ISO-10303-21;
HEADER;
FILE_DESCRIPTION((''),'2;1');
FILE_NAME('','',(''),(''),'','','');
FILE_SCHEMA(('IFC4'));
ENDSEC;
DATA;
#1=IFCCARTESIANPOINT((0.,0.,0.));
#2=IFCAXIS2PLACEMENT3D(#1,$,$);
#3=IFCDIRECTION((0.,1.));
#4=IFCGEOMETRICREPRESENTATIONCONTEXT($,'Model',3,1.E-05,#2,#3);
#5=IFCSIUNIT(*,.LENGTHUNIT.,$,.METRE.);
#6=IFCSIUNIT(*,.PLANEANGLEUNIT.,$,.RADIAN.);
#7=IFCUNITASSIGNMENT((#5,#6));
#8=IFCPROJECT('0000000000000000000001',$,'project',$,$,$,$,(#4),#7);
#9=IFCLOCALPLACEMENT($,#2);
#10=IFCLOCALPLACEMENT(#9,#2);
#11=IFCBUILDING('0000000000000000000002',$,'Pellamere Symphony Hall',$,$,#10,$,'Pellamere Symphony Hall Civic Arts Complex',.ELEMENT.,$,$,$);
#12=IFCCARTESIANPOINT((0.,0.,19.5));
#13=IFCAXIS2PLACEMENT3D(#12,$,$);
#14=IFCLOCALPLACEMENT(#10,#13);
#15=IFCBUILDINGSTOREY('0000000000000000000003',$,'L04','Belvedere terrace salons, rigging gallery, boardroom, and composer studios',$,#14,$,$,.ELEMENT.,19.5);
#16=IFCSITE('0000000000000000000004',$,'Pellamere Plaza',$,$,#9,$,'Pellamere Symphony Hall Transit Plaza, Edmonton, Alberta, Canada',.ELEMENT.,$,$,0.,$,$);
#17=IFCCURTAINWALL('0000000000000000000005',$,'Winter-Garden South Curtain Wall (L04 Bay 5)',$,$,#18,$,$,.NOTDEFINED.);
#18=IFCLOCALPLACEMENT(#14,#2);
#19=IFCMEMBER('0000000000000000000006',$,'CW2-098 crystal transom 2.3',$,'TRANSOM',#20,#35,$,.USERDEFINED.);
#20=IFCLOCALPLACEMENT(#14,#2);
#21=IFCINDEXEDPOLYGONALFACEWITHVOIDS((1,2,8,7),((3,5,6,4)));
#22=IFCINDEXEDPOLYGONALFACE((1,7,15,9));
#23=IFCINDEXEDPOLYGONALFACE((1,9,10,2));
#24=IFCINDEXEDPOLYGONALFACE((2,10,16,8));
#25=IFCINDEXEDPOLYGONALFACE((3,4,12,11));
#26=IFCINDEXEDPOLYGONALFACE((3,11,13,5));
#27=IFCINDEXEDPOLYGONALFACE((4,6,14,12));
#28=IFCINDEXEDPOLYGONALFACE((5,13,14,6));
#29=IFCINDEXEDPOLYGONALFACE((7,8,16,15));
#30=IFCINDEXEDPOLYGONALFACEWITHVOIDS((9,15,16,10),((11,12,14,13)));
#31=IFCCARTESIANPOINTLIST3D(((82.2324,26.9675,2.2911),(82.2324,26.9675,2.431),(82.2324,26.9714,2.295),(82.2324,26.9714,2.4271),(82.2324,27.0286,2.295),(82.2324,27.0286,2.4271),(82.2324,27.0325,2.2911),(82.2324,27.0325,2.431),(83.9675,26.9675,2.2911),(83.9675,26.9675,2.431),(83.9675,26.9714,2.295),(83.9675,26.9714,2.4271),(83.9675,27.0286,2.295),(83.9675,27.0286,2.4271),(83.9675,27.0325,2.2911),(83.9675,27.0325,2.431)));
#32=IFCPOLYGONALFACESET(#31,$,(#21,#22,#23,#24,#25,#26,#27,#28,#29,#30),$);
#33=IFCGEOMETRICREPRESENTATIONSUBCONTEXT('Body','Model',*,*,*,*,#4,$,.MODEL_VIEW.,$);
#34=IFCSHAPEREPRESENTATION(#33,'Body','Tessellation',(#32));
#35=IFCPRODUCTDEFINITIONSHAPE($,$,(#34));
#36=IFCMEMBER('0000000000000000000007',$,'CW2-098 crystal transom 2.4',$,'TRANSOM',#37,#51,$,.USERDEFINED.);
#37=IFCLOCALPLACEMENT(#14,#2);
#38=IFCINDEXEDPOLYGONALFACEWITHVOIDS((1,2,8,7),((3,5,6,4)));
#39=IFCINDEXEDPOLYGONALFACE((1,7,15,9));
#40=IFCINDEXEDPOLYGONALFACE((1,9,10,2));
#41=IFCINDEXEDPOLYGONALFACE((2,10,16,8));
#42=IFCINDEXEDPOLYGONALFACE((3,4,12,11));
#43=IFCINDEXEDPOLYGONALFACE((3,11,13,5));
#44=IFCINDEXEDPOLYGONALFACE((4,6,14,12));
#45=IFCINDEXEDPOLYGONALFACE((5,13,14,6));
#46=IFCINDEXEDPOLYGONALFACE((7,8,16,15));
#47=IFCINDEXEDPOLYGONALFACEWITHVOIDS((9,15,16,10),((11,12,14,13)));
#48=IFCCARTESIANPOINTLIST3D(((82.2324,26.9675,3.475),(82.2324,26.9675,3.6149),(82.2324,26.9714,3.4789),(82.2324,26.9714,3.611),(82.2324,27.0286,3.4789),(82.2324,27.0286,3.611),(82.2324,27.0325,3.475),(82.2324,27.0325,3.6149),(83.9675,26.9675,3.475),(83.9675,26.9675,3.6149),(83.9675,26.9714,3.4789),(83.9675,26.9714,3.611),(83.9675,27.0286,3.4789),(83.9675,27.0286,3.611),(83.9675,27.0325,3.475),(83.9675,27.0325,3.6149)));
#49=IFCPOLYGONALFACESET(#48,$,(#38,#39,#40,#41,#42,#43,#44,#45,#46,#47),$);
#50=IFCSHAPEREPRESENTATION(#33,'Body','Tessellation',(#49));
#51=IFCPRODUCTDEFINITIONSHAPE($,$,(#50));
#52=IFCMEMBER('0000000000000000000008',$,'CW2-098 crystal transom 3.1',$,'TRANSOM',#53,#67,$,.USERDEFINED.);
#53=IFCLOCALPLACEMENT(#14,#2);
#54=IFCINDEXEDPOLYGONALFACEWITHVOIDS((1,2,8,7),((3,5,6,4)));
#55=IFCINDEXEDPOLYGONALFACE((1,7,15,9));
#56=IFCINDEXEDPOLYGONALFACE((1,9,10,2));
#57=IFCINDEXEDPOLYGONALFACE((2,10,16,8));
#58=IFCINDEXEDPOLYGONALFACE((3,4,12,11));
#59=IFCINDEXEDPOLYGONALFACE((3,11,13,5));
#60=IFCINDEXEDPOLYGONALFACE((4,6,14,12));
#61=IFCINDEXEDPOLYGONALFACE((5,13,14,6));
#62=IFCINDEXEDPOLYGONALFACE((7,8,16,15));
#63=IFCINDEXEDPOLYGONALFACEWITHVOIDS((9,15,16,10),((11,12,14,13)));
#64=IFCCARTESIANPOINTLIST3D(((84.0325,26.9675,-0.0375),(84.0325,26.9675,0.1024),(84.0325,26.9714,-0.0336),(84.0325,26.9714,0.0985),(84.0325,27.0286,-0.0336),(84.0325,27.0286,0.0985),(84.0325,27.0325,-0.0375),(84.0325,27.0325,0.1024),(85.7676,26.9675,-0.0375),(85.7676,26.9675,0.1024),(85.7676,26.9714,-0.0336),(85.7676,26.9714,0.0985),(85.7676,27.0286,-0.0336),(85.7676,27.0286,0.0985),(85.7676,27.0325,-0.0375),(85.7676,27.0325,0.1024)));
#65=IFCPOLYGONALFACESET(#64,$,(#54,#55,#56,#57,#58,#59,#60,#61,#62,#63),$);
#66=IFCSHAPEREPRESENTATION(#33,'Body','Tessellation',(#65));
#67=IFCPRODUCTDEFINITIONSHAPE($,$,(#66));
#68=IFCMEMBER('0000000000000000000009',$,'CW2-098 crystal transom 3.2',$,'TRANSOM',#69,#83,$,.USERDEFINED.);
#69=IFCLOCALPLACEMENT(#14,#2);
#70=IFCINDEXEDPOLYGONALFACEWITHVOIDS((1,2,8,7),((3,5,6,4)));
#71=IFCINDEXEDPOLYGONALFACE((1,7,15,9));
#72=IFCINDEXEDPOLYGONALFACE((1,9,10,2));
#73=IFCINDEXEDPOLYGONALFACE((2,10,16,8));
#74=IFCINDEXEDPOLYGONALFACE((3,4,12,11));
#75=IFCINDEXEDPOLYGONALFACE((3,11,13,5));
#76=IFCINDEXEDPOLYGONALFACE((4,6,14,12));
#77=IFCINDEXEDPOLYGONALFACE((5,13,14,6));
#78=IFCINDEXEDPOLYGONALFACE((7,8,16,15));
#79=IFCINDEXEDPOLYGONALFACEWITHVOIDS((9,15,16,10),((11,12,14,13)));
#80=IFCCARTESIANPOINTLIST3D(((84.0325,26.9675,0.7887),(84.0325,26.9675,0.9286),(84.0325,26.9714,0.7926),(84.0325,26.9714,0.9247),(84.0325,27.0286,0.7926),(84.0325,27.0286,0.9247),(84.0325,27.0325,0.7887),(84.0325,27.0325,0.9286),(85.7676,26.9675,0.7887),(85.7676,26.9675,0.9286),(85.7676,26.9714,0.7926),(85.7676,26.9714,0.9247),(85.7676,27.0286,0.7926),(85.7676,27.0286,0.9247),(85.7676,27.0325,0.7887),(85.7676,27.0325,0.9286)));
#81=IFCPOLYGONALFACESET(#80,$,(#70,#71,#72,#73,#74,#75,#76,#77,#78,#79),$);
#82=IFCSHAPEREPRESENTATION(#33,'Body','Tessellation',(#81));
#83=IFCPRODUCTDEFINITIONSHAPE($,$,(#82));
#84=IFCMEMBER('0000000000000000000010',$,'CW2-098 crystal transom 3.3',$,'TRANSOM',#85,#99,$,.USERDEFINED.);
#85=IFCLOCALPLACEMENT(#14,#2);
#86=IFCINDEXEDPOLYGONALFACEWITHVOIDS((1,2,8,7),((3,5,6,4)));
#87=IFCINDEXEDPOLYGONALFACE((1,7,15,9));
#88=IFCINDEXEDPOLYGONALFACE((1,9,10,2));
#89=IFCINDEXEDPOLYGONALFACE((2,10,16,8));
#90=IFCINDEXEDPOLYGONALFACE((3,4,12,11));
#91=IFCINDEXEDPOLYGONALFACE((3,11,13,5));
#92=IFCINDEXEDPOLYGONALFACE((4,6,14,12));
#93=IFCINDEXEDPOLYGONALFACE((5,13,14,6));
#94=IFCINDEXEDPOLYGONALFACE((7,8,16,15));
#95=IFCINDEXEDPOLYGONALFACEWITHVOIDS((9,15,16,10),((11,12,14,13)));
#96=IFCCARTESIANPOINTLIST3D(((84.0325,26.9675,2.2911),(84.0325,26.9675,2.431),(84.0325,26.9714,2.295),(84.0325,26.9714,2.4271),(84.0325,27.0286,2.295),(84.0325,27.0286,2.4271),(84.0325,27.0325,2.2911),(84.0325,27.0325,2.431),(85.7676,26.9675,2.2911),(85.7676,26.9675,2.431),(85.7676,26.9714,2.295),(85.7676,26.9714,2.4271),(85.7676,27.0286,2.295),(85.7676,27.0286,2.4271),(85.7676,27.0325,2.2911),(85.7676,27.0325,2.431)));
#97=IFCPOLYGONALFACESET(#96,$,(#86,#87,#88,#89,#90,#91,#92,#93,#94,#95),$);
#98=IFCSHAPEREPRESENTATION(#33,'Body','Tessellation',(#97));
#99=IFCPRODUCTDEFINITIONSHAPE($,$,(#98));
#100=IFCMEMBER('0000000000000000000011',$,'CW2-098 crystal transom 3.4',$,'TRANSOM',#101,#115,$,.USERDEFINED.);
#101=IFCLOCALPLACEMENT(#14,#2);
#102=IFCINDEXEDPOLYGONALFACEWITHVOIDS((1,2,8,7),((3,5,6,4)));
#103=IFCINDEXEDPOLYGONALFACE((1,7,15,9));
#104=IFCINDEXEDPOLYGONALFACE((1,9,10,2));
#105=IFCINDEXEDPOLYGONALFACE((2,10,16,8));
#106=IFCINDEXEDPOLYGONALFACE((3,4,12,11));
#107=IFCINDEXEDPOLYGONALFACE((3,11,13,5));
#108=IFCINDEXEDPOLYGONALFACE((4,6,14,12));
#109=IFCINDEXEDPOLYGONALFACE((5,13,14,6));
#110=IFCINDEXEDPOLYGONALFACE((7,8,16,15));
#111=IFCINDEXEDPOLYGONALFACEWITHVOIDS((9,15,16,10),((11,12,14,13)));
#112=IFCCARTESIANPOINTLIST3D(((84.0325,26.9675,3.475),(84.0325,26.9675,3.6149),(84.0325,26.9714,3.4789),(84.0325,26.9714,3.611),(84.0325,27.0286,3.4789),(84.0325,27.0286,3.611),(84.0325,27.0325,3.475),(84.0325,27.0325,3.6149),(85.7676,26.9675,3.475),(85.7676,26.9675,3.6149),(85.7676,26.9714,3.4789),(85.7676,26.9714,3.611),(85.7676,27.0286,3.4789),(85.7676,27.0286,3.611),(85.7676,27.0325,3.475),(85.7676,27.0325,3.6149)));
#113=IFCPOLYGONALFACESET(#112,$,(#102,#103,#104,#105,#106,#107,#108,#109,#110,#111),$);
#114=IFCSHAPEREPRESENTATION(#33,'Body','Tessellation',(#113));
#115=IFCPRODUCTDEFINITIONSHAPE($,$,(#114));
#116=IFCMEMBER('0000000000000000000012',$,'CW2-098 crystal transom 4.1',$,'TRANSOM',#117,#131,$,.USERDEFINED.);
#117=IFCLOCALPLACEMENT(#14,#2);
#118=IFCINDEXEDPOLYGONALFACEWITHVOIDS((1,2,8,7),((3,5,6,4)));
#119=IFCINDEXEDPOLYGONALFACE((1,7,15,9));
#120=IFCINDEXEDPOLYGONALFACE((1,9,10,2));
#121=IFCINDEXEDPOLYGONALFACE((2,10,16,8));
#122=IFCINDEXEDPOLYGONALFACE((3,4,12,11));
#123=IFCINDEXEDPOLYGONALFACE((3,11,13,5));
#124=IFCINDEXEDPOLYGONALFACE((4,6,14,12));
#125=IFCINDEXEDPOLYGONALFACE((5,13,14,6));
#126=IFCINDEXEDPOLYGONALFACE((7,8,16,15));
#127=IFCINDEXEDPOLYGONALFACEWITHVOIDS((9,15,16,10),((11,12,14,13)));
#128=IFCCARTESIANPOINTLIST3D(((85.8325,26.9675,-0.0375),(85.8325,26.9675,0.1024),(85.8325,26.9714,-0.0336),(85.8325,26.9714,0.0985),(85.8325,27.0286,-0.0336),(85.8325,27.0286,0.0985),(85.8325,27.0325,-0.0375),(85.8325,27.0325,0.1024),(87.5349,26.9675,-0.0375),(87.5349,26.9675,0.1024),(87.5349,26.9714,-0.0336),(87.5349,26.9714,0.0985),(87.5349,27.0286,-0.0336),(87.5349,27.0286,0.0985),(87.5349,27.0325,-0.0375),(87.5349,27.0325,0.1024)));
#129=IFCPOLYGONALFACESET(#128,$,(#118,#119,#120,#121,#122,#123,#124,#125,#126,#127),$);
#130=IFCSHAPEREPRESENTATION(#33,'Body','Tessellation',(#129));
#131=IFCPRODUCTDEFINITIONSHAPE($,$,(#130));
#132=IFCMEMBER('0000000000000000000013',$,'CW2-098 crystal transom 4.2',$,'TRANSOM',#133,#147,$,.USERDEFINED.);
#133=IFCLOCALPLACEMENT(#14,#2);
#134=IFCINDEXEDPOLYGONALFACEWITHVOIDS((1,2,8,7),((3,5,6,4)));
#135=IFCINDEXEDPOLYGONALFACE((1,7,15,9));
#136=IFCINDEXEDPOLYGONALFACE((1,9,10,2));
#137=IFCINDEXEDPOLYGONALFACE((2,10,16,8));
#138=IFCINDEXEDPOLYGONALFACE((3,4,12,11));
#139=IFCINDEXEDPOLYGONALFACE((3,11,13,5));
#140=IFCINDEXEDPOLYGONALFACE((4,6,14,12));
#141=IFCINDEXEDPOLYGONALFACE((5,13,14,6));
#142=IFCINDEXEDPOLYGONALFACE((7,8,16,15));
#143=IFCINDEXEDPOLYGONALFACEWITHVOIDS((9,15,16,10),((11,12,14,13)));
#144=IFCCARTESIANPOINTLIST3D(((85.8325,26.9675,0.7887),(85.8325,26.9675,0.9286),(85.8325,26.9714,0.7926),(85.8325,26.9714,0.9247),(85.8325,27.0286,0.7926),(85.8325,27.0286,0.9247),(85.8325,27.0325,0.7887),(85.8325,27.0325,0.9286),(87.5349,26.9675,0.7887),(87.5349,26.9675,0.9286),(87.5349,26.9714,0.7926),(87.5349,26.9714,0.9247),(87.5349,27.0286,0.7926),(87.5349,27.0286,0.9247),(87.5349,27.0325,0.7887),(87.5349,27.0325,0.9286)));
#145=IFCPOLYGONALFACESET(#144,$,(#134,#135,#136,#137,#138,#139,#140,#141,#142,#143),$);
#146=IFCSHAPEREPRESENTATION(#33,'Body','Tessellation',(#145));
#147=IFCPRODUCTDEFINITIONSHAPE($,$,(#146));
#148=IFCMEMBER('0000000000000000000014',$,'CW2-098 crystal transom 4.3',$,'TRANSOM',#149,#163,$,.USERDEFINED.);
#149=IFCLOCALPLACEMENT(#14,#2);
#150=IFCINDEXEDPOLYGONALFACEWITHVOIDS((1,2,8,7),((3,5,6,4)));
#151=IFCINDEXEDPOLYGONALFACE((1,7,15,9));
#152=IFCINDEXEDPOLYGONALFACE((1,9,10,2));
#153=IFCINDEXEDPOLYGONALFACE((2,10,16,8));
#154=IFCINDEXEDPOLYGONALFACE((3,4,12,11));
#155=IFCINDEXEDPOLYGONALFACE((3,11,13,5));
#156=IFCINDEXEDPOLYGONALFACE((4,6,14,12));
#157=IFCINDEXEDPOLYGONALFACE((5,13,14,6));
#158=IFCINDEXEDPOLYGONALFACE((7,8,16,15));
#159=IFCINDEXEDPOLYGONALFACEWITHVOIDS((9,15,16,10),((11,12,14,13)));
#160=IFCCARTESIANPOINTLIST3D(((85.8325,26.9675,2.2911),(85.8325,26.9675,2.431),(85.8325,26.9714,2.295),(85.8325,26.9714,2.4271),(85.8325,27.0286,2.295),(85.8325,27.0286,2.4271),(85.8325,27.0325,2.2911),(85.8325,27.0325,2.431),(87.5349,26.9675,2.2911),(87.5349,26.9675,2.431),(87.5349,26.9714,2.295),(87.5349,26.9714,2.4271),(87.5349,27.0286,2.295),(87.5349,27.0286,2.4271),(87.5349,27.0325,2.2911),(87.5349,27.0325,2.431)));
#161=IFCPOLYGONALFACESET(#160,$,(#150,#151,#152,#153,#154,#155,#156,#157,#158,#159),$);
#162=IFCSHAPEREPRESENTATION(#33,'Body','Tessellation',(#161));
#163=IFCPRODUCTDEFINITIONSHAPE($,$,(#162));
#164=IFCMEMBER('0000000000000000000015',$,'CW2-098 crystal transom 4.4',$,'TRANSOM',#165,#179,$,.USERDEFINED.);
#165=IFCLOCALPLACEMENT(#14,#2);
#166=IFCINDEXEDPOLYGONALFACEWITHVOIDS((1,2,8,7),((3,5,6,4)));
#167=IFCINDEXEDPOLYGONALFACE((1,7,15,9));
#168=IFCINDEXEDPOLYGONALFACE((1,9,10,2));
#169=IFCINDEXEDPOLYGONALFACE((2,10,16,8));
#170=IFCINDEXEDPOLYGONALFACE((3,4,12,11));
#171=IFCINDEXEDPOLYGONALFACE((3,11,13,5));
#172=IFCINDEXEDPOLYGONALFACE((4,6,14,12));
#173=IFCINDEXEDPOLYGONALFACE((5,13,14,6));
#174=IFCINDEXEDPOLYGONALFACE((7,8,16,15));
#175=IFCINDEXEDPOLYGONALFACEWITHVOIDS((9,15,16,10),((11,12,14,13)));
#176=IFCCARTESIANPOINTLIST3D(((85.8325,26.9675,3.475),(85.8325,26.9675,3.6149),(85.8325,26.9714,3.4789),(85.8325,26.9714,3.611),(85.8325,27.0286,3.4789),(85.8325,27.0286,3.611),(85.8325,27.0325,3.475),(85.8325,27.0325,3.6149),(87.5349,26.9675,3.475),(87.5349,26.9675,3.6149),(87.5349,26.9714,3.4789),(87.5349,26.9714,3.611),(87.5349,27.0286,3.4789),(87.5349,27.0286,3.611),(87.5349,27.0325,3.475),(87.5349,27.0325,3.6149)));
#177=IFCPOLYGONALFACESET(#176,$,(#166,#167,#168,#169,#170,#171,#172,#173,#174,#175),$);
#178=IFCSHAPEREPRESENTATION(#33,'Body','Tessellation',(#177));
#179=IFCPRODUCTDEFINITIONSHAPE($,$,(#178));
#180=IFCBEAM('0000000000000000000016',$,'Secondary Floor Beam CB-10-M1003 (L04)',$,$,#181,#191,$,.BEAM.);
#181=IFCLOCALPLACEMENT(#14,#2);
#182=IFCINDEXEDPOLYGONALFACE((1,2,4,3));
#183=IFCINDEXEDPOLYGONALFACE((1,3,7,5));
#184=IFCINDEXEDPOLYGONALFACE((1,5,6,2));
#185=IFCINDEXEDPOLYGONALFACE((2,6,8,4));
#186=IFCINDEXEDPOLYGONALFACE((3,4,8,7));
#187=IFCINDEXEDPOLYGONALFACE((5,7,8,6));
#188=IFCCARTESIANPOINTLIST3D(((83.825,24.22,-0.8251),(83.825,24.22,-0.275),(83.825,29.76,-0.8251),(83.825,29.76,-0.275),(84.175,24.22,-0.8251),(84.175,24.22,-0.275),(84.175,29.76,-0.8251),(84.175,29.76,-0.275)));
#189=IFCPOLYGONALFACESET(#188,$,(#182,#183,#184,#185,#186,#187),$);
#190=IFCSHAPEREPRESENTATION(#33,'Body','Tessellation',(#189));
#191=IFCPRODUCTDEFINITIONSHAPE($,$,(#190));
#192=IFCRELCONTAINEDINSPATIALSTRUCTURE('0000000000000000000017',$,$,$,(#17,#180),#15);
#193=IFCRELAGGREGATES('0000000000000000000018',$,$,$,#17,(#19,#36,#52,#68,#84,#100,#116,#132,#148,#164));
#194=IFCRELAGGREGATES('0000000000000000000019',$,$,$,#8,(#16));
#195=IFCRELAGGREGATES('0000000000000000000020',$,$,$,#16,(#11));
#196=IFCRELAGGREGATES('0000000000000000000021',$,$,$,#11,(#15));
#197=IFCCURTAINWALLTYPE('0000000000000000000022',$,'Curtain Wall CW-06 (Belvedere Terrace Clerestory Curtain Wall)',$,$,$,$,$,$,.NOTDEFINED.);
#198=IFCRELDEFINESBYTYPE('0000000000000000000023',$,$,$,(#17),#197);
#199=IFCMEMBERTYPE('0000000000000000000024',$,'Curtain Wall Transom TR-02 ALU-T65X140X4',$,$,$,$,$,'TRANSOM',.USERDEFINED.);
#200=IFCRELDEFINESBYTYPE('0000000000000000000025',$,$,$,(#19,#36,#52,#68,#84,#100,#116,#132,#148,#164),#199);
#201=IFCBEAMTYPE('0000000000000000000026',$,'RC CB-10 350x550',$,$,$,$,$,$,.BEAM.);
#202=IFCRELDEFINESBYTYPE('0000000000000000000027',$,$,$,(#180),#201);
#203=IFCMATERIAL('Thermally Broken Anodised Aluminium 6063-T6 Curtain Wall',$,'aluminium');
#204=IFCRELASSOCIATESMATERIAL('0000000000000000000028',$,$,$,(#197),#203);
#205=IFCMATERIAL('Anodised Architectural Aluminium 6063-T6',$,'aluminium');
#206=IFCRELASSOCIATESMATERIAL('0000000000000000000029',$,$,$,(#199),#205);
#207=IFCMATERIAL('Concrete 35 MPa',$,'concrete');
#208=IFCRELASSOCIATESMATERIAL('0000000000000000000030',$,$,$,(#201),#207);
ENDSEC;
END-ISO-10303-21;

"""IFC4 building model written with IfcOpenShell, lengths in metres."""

from ifc_helpers import new_model, si_unit, direction, frame, origin, origin_2d, place, context, subcontext, project, spatial, rectangle, hollow_rectangle, extrude, material, material_profile, profile_set, type_object, element, aggregate, save


model = new_model("IFC4")

# Units and contexts
model_context = context("Model", 3, precision=1e-05, world=origin(), true_north=direction((0.0, 1.0)))
body_context = subcontext(model_context, "Body", "Model", "MODEL_VIEW")
ifc_project = project(units=[si_unit("LENGTHUNIT", "METRE"), si_unit("PLANEANGLEUNIT", "RADIAN")], contexts=[model_context])

# Site, building, storey
site_placement = place(None, origin())
site = spatial("IfcSite", under=ifc_project, at=site_placement, Name="Pellamere Plaza", LongName="Pellamere Symphony Hall Transit Plaza, Edmonton, Alberta, Canada", CompositionType="ELEMENT", RefElevation=0.0)
building_placement = place(site_placement, origin())
building = spatial("IfcBuilding", under=site, at=building_placement, Name="Pellamere Symphony Hall", LongName="Pellamere Symphony Hall Civic Arts Complex", CompositionType="ELEMENT")
storey_placement = place(building_placement, frame((0.0, 0.0, 19.5)))
storey = spatial("IfcBuildingStorey", under=building, at=storey_placement, Name="L04", Description="Belvedere terrace salons, rigging gallery, boardroom, and composer studios", CompositionType="ELEMENT", Elevation=19.5)

# Curtain wall
ifc_material_1 = material(Name="Thermally Broken Anodised Aluminium 6063-T6 Curtain Wall", Category="aluminium")
curtain_wall_type_1 = type_object("IfcCurtainWallType", Name="Curtain Wall CW-06 (Belvedere Terrace Clerestory Curtain Wall)", PredefinedType="NOTDEFINED", material=ifc_material_1)
curtain_wall_1_placement = place(storey_placement, origin())
curtain_wall_1 = element("IfcCurtainWall", 1, at=curtain_wall_1_placement, inside=storey, type_object=curtain_wall_type_1, Name="Winter-Garden South Curtain Wall (L04 Bay 5)", PredefinedType="NOTDEFINED")
ifc_material_2 = material(Name="Anodised Architectural Aluminium 6063-T6", Category="aluminium")

# Members
ifc_material_profile_1 = material_profile(ifc_material_2, hollow_rectangle(XDim=0.0649, YDim=0.1399, WallThickness=0.0039, at=origin_2d()), Name="ALU-T65X140X4")
ifc_profile_set_1 = profile_set([ifc_material_profile_1], Name="Anodised Architectural Aluminium 6063-T6")
member_type_1 = type_object("IfcMemberType", Name="Curtain Wall Transom TR-02 ALU-T65X140X4", ElementType="TRANSOM", PredefinedType="USERDEFINED", material=ifc_profile_set_1)
member_1_placement = place(storey_placement, frame((82.2324, 27.0, 2.3611), z_axis=(1.0, 0.0, 0.0), x_axis=(0.0, 1.0, 0.0)))
member_1 = element("IfcMember", 2, at=member_1_placement, type_object=member_type_1, Name="CW2-098 crystal transom 2.3", ObjectType="TRANSOM", PredefinedType="USERDEFINED", context=body_context, shape_type="SweptSolid", body=[
    extrude(hollow_rectangle(XDim=0.0649, YDim=0.1399, WallThickness=0.0039, at=origin_2d()), origin(), (0.0, 0.0, 1.0), 1.7351),
])
member_2_placement = place(storey_placement, frame((82.2324, 27.0, 3.5449), z_axis=(1.0, 0.0, 0.0), x_axis=(0.0, 1.0, 0.0)))
member_2 = element("IfcMember", 3, at=member_2_placement, type_object=member_type_1, Name="CW2-098 crystal transom 2.4", ObjectType="TRANSOM", PredefinedType="USERDEFINED", context=body_context, shape_type="SweptSolid", body=[
    extrude(hollow_rectangle(XDim=0.0649, YDim=0.1399, WallThickness=0.0039, at=origin_2d()), origin(), (0.0, 0.0, 1.0), 1.7351),
])
member_3_placement = place(storey_placement, frame((84.0325, 27.0, 0.0325), z_axis=(1.0, 0.0, 0.0), x_axis=(0.0, 1.0, 0.0)))
member_3 = element("IfcMember", 4, at=member_3_placement, type_object=member_type_1, Name="CW2-098 crystal transom 3.1", ObjectType="TRANSOM", PredefinedType="USERDEFINED", context=body_context, shape_type="SweptSolid", body=[
    extrude(hollow_rectangle(XDim=0.0649, YDim=0.1399, WallThickness=0.0039, at=origin_2d()), origin(), (0.0, 0.0, 1.0), 1.7351),
])
member_4_placement = place(storey_placement, frame((84.0325, 27.0, 0.8586), z_axis=(1.0, 0.0, 0.0), x_axis=(0.0, 1.0, 0.0)))
member_4 = element("IfcMember", 5, at=member_4_placement, type_object=member_type_1, Name="CW2-098 crystal transom 3.2", ObjectType="TRANSOM", PredefinedType="USERDEFINED", context=body_context, shape_type="SweptSolid", body=[
    extrude(hollow_rectangle(XDim=0.0649, YDim=0.1399, WallThickness=0.0039, at=origin_2d()), origin(), (0.0, 0.0, 1.0), 1.7351),
])
member_5_placement = place(storey_placement, frame((84.0325, 27.0, 2.3611), z_axis=(1.0, 0.0, 0.0), x_axis=(0.0, 1.0, 0.0)))
member_5 = element("IfcMember", 6, at=member_5_placement, type_object=member_type_1, Name="CW2-098 crystal transom 3.3", ObjectType="TRANSOM", PredefinedType="USERDEFINED", context=body_context, shape_type="SweptSolid", body=[
    extrude(hollow_rectangle(XDim=0.0649, YDim=0.1399, WallThickness=0.0039, at=origin_2d()), origin(), (0.0, 0.0, 1.0), 1.7351),
])
member_6_placement = place(storey_placement, frame((84.0325, 27.0, 3.5449), z_axis=(1.0, 0.0, 0.0), x_axis=(0.0, 1.0, 0.0)))
member_6 = element("IfcMember", 7, at=member_6_placement, type_object=member_type_1, Name="CW2-098 crystal transom 3.4", ObjectType="TRANSOM", PredefinedType="USERDEFINED", context=body_context, shape_type="SweptSolid", body=[
    extrude(hollow_rectangle(XDim=0.0649, YDim=0.1399, WallThickness=0.0039, at=origin_2d()), origin(), (0.0, 0.0, 1.0), 1.7351),
])
member_7_placement = place(storey_placement, frame((85.8325, 27.0, 0.0325), z_axis=(1.0, 0.0, 0.0), x_axis=(0.0, 1.0, 0.0)))
member_7 = element("IfcMember", 8, at=member_7_placement, type_object=member_type_1, Name="CW2-098 crystal transom 4.1", ObjectType="TRANSOM", PredefinedType="USERDEFINED", context=body_context, shape_type="SweptSolid", body=[
    extrude(hollow_rectangle(XDim=0.0649, YDim=0.1399, WallThickness=0.0039, at=origin_2d()), origin(), (0.0, 0.0, 1.0), 1.7024),
])
member_8_placement = place(storey_placement, frame((85.8325, 27.0, 0.8586), z_axis=(1.0, 0.0, 0.0), x_axis=(0.0, 1.0, 0.0)))
member_8 = element("IfcMember", 9, at=member_8_placement, type_object=member_type_1, Name="CW2-098 crystal transom 4.2", ObjectType="TRANSOM", PredefinedType="USERDEFINED", context=body_context, shape_type="SweptSolid", body=[
    extrude(hollow_rectangle(XDim=0.0649, YDim=0.1399, WallThickness=0.0039, at=origin_2d()), origin(), (0.0, 0.0, 1.0), 1.7024),
])
member_9_placement = place(storey_placement, frame((85.8325, 27.0, 2.3611), z_axis=(1.0, 0.0, 0.0), x_axis=(0.0, 1.0, 0.0)))
member_9 = element("IfcMember", 10, at=member_9_placement, type_object=member_type_1, Name="CW2-098 crystal transom 4.3", ObjectType="TRANSOM", PredefinedType="USERDEFINED", context=body_context, shape_type="SweptSolid", body=[
    extrude(hollow_rectangle(XDim=0.0649, YDim=0.1399, WallThickness=0.0039, at=origin_2d()), origin(), (0.0, 0.0, 1.0), 1.7024),
])
member_10_placement = place(storey_placement, frame((85.8325, 27.0, 3.5449), z_axis=(1.0, 0.0, 0.0), x_axis=(0.0, 1.0, 0.0)))
member_10 = element("IfcMember", 11, at=member_10_placement, type_object=member_type_1, Name="CW2-098 crystal transom 4.4", ObjectType="TRANSOM", PredefinedType="USERDEFINED", context=body_context, shape_type="SweptSolid", body=[
    extrude(hollow_rectangle(XDim=0.0649, YDim=0.1399, WallThickness=0.0039, at=origin_2d()), origin(), (0.0, 0.0, 1.0), 1.7024),
])

# Beam
ifc_material_3 = material(Name="Concrete 35 MPa", Category="concrete")
ifc_material_profile_2 = material_profile(ifc_material_3, rectangle(XDim=0.3501, YDim=0.55, at=origin_2d()), Name="RC 350x550")
ifc_profile_set_2 = profile_set([ifc_material_profile_2], Name="Concrete 35 MPa")
beam_type_1 = type_object("IfcBeamType", Name="RC CB-10 350x550", PredefinedType="BEAM", material=ifc_profile_set_2)
beam_1_placement = place(storey_placement, frame((84.0, 24.22, -0.55), z_axis=(0.0, 1.0, 0.0), x_axis=(-1.0, 0.0, 0.0)))
element("IfcBeam", 12, at=beam_1_placement, inside=storey, type_object=beam_type_1, Name="Secondary Floor Beam CB-10-M1003 (L04)", PredefinedType="BEAM", context=body_context, shape_type="SweptSolid", body=[
    extrude(rectangle(XDim=0.3501, YDim=0.55, at=origin_2d()), origin(), (0.0, 0.0, 1.0), 5.54),
])

aggregate(curtain_wall_1, [member_1, member_2, member_3, member_4, member_5, member_6, member_7, member_8, member_9, member_10])

save(model, "model.ifc")
